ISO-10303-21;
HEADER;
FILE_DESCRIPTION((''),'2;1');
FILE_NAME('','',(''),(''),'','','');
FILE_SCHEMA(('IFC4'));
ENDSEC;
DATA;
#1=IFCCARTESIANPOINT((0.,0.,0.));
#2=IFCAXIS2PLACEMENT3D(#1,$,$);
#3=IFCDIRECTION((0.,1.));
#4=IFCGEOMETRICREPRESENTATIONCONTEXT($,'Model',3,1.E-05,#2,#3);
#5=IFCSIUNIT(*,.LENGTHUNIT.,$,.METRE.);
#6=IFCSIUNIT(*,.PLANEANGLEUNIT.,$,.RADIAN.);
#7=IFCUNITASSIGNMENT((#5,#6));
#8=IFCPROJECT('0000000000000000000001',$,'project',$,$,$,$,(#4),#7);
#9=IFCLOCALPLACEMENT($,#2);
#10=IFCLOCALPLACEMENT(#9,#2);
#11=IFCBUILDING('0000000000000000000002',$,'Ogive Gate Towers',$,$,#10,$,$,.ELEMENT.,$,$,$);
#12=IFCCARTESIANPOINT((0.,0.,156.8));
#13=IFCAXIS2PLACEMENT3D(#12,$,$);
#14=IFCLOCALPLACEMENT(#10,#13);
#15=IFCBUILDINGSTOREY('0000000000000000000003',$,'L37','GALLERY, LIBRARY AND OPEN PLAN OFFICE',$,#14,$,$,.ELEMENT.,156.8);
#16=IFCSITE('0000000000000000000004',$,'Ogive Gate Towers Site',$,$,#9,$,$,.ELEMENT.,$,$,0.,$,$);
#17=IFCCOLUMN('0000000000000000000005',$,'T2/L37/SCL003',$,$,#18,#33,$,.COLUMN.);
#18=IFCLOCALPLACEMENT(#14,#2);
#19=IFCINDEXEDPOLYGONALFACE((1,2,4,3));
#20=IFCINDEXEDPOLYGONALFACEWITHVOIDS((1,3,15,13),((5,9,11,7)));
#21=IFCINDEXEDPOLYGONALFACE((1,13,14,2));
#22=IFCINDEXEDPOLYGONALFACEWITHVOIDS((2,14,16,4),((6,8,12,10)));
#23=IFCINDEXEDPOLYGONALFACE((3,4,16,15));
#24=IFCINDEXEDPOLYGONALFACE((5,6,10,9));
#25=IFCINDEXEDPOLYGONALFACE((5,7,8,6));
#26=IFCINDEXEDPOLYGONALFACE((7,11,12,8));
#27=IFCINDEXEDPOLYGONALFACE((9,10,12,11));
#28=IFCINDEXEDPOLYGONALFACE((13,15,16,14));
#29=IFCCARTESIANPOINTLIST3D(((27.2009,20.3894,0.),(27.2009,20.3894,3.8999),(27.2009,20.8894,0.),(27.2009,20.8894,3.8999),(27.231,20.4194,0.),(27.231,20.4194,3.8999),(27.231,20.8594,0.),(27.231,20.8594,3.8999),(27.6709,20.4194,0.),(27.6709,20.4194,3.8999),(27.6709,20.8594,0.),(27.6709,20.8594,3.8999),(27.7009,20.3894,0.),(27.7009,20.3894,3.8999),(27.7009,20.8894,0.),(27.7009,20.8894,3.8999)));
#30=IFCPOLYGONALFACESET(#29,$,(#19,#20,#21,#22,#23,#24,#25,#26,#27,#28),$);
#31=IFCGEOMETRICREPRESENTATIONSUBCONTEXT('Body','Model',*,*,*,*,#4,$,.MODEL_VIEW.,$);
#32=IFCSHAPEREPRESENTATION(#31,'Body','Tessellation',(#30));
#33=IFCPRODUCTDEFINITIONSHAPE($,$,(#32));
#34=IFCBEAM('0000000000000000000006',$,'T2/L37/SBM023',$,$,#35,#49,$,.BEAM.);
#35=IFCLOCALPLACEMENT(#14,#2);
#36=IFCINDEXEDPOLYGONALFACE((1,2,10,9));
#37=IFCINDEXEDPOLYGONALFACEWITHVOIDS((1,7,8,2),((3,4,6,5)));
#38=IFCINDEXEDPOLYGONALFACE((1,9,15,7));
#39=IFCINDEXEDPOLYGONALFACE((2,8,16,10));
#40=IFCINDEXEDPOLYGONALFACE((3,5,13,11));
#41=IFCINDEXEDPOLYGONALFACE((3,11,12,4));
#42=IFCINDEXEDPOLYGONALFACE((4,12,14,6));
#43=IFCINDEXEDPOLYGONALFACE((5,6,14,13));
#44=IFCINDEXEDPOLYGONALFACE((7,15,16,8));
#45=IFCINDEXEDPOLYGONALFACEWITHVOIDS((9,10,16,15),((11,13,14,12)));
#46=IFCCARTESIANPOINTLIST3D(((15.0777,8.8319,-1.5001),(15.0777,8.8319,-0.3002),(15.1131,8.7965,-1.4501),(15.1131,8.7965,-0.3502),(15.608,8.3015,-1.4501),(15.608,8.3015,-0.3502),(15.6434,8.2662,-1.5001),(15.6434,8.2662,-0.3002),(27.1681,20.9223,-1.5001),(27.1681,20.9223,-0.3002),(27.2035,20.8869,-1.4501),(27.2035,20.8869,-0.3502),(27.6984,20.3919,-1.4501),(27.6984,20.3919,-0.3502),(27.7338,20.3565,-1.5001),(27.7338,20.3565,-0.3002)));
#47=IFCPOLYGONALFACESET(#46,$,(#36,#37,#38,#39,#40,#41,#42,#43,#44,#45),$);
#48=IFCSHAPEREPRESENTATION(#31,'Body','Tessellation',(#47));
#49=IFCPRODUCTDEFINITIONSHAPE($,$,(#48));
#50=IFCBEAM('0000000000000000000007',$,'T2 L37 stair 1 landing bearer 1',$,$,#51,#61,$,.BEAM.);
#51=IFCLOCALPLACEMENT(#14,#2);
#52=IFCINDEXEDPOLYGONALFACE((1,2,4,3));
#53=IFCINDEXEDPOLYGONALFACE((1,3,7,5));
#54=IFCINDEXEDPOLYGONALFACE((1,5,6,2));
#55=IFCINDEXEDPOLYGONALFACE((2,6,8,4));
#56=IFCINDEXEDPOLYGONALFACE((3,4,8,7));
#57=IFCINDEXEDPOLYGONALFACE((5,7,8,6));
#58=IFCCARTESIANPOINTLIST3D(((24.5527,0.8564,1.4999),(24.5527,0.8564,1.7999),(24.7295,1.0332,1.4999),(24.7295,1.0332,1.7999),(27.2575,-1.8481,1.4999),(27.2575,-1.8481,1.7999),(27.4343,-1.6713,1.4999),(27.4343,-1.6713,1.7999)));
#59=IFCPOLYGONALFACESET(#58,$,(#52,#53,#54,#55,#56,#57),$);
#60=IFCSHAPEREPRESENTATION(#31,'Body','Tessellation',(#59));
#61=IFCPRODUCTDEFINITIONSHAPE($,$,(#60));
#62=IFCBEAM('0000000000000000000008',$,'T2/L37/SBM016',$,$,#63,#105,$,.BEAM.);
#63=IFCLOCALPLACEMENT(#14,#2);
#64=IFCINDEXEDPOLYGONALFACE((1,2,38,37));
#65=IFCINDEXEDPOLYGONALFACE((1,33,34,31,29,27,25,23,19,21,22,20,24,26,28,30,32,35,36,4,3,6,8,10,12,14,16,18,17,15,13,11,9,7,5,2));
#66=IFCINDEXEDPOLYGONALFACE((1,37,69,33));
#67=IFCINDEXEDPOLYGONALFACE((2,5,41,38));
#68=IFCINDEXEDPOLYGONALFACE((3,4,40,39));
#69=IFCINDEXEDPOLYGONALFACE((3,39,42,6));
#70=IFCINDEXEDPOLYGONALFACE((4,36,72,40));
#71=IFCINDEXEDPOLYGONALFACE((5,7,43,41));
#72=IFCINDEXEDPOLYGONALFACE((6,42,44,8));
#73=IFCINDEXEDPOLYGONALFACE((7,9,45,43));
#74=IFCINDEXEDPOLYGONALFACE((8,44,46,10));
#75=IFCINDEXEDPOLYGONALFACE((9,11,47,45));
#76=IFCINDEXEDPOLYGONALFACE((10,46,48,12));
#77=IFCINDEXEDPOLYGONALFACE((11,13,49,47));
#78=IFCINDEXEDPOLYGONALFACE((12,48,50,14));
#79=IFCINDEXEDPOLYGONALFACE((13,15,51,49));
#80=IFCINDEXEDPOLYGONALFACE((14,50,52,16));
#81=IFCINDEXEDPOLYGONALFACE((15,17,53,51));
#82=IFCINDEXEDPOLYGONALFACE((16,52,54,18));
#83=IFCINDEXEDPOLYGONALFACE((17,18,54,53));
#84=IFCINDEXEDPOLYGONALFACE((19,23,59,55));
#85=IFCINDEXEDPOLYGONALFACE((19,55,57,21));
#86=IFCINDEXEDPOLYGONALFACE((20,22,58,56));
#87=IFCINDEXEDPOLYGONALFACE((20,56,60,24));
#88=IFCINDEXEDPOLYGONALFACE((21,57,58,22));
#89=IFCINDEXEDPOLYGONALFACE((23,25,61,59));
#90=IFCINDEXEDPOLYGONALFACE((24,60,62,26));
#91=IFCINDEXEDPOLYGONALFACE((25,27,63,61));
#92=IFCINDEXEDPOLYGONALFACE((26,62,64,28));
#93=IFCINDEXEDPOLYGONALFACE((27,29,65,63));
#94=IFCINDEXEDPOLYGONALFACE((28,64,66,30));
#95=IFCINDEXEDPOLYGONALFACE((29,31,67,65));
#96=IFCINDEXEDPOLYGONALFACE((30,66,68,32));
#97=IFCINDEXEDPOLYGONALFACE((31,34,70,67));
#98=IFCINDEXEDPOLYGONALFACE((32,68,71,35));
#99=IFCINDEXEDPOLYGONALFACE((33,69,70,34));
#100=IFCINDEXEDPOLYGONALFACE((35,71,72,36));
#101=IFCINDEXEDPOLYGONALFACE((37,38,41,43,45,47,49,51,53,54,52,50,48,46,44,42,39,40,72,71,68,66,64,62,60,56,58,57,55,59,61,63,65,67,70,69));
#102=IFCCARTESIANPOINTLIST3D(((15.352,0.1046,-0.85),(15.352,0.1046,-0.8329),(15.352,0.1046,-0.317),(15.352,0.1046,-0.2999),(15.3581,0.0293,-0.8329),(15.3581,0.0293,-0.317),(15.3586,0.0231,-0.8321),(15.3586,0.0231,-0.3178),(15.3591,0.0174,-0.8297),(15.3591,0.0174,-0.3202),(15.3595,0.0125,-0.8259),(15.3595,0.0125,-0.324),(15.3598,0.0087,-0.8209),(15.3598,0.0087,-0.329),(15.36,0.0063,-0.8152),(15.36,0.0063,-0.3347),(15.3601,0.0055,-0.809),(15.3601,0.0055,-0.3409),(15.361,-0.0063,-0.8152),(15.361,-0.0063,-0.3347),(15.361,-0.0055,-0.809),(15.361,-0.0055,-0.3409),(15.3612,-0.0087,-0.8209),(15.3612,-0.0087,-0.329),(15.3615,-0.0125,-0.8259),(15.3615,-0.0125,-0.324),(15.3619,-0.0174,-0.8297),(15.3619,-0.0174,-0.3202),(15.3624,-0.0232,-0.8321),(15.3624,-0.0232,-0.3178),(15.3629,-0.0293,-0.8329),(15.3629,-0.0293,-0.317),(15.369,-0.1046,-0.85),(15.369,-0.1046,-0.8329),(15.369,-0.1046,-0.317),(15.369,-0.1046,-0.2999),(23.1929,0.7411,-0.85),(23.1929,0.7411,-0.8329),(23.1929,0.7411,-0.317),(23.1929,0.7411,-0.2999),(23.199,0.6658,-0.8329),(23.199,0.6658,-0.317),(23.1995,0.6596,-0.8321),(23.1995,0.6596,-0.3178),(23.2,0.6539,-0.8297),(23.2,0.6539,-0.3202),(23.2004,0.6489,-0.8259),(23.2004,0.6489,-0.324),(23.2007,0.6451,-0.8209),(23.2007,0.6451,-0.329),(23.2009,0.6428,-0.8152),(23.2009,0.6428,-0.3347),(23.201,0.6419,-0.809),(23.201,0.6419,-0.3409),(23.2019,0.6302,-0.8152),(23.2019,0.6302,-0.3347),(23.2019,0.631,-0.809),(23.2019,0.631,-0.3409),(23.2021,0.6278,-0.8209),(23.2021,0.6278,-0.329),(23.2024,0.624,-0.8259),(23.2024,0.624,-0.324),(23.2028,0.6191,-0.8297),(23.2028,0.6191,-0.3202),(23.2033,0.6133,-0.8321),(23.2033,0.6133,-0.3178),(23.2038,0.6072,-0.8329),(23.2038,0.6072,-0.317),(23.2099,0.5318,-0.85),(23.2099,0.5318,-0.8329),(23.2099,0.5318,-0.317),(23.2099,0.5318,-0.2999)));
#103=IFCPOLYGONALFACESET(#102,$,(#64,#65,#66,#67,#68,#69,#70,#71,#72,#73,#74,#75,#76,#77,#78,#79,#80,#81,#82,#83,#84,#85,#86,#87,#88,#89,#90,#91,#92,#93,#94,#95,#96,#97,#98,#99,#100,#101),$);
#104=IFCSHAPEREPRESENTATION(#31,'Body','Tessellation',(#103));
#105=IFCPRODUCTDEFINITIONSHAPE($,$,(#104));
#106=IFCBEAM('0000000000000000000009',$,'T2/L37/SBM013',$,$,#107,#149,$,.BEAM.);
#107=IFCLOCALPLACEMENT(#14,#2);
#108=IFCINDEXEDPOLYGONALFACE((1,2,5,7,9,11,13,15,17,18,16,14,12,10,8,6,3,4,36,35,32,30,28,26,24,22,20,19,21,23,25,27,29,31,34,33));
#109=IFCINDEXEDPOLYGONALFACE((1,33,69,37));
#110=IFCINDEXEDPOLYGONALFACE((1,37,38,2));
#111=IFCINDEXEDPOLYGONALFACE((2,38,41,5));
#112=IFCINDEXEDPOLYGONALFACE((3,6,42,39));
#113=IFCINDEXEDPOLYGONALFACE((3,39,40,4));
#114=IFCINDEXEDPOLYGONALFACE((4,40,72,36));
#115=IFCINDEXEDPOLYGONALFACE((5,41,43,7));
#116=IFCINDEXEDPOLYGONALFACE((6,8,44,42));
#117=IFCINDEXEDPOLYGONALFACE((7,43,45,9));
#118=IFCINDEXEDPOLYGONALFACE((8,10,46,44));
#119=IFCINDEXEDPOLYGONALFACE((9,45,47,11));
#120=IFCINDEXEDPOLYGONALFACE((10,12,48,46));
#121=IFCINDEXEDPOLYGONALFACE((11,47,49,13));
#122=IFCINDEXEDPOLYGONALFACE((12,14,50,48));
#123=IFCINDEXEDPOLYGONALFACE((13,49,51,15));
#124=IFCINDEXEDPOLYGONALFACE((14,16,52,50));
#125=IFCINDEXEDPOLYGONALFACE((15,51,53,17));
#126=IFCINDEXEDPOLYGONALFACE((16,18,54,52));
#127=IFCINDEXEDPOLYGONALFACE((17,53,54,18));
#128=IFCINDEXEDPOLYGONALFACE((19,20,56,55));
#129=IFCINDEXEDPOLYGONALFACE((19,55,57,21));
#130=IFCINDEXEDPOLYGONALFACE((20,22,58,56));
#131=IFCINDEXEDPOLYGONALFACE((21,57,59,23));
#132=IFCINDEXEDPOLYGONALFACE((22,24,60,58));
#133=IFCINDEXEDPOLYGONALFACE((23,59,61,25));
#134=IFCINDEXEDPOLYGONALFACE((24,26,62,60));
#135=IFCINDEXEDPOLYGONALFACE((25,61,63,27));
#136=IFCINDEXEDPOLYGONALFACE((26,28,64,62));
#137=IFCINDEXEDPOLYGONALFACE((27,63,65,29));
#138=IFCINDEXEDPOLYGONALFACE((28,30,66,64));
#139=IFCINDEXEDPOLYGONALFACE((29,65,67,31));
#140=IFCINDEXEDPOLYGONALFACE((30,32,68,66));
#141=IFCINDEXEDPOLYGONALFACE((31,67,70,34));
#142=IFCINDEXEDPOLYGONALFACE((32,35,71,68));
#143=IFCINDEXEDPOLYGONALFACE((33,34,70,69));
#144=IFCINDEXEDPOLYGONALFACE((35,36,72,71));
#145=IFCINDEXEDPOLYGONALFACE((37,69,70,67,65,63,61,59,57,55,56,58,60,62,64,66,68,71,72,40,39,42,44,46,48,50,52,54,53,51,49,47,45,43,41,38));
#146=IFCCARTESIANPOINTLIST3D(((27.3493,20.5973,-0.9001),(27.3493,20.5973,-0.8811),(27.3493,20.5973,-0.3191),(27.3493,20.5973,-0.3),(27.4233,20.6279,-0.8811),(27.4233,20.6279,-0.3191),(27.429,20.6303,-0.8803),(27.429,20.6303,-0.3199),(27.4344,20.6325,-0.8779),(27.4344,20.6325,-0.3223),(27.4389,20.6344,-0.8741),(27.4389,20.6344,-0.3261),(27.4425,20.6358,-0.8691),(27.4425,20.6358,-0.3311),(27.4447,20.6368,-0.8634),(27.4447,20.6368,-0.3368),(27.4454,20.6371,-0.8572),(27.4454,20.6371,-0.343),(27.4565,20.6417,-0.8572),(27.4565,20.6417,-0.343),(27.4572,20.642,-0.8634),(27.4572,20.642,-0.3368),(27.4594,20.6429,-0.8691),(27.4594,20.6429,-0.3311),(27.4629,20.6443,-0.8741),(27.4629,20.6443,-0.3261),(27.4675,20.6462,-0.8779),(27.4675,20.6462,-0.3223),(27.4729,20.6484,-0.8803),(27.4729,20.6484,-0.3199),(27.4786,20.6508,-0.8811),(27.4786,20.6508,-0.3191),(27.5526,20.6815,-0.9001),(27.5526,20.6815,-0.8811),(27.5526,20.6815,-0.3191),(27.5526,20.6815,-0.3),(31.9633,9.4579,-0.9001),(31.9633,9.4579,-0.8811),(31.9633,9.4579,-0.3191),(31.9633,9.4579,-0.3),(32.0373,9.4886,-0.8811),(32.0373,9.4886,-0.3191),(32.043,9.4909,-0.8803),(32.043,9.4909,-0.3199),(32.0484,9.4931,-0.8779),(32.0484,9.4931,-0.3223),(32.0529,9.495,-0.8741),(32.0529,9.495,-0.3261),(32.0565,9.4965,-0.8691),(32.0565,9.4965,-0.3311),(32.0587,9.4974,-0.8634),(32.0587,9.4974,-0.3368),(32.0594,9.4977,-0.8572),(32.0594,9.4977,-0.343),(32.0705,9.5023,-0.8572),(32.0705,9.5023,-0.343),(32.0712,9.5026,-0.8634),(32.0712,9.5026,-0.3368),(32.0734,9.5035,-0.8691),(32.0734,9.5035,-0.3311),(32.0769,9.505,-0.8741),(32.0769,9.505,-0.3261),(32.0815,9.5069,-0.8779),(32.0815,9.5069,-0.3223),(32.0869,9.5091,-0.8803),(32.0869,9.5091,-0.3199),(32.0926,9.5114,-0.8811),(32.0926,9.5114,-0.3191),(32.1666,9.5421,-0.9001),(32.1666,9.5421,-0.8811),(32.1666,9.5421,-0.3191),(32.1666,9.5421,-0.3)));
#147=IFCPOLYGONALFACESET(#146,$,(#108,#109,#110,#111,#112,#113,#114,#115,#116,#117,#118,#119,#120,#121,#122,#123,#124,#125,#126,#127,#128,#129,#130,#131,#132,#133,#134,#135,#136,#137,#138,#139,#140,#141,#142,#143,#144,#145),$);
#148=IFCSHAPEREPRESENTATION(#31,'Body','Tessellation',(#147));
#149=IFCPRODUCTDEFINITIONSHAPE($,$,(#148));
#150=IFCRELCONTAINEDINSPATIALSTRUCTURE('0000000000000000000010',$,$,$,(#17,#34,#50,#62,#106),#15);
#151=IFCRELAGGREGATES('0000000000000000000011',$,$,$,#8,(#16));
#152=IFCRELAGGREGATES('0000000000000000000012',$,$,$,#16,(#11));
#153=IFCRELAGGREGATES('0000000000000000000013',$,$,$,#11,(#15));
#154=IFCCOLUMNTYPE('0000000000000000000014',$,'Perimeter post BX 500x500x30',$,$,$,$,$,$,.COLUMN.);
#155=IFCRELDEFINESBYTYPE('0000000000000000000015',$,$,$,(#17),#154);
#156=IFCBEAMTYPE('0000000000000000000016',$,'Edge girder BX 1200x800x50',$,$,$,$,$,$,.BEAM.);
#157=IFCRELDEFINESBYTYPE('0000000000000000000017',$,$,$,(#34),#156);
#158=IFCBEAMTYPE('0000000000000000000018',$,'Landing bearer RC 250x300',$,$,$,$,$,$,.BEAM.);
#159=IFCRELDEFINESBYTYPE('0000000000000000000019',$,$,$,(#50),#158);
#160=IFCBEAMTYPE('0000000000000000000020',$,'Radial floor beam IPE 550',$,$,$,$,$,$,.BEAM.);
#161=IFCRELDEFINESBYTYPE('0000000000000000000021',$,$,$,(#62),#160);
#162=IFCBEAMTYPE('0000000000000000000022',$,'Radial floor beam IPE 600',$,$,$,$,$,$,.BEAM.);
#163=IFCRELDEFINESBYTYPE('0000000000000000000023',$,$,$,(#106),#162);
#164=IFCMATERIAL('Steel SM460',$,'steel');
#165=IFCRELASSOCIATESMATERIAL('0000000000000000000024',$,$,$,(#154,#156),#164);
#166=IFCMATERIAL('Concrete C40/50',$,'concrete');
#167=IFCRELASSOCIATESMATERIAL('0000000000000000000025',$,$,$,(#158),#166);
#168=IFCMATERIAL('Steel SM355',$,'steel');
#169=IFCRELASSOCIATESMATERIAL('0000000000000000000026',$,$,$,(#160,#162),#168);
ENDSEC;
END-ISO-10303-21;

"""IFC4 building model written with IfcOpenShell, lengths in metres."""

from ifc_helpers import new_model, si_unit, direction, frame, origin, origin_2d, place, context, subcontext, project, spatial, rectangle, hollow_rectangle, i_section, extrude, material, material_profile, profile_set, type_object, element, save


model = new_model("IFC4")

# Units and contexts
model_context = context("Model", 3, precision=1e-05, world=origin(), true_north=direction((0.0, 1.0)))
body_context = subcontext(model_context, "Body", "Model", "MODEL_VIEW")
ifc_project = project(units=[si_unit("LENGTHUNIT", "METRE"), si_unit("PLANEANGLEUNIT", "RADIAN")], contexts=[model_context])

# Site, building, storey
site_placement = place(None, origin())
site = spatial("IfcSite", under=ifc_project, at=site_placement, Name="Ogive Gate Towers Site", CompositionType="ELEMENT", RefElevation=0.0)
building_placement = place(site_placement, origin())
building = spatial("IfcBuilding", under=site, at=building_placement, Name="Ogive Gate Towers", CompositionType="ELEMENT")
storey_placement = place(building_placement, frame((0.0, 0.0, 156.8)))
storey = spatial("IfcBuildingStorey", under=building, at=storey_placement, Name="L37", Description="GALLERY, LIBRARY AND OPEN PLAN OFFICE", CompositionType="ELEMENT", Elevation=156.8)

# Column
ifc_material_1 = material(Name="Steel SM460", Category="steel")
ifc_material_profile_1 = material_profile(ifc_material_1, hollow_rectangle(XDim=0.5, YDim=0.5, WallThickness=0.03, at=origin_2d()), Name="BX 500x500x30")
ifc_profile_set_1 = profile_set([ifc_material_profile_1], Name="Steel SM460")
column_type = type_object("IfcColumnType", Name="Perimeter post BX 500x500x30", PredefinedType="COLUMN", material=ifc_profile_set_1)
column_placement = place(storey_placement, frame((27.4509, 20.6394, 0.0), z_axis=(0.0, 0.0, 1.0), x_axis=(1.0, 0.0, 0.0)))
element("IfcColumn", 1, at=column_placement, inside=storey, type_object=column_type, Name="T2/L37/SCL003", PredefinedType="COLUMN", context=body_context, shape_type="SweptSolid", body=[
    extrude(hollow_rectangle(XDim=0.5, YDim=0.5, WallThickness=0.03, at=origin_2d()), origin(), (0.0, 0.0, 1.0), 3.8999),
])

# Beams
ifc_material_profile_2 = material_profile(ifc_material_1, hollow_rectangle(XDim=0.8, YDim=1.2, WallThickness=0.05, at=origin_2d()), Name="BX 1200x800x50")
ifc_profile_set_2 = profile_set([ifc_material_profile_2], Name="Steel SM460")
beam_type_1 = type_object("IfcBeamType", Name="Edge girder BX 1200x800x50", PredefinedType="BEAM", material=ifc_profile_set_2)
beam_1_placement = place(storey_placement, frame((27.4509, 20.6394, -0.9001), z_axis=(-0.707107, -0.707107, 0.0), x_axis=(0.707107, -0.707107, 0.0)))
element("IfcBeam", 2, at=beam_1_placement, inside=storey, type_object=beam_type_1, Name="T2/L37/SBM023", PredefinedType="BEAM", context=body_context, shape_type="SweptSolid", body=[
    extrude(hollow_rectangle(XDim=0.8, YDim=1.2, WallThickness=0.05, at=origin_2d()), origin(), (0.0, 0.0, 1.0), 17.0984),
])
ifc_material_2 = material(Name="Concrete C40/50", Category="concrete")
ifc_material_profile_3 = material_profile(ifc_material_2, rectangle(XDim=0.25, YDim=0.3, at=origin_2d()), Name="RC 250x300")
ifc_profile_set_3 = profile_set([ifc_material_profile_3], Name="Concrete C40/50")
beam_type_2 = type_object("IfcBeamType", Name="Landing bearer RC 250x300", PredefinedType="BEAM", material=ifc_profile_set_3)
beam_2_placement = place(storey_placement, frame((24.6411, 0.9448, 1.6499), z_axis=(0.707139, -0.707075, 0.0), x_axis=(0.707075, 0.707139, 0.0)))
element("IfcBeam", 3, at=beam_2_placement, inside=storey, type_object=beam_type_2, Name="T2 L37 stair 1 landing bearer 1", PredefinedType="BEAM", context=body_context, shape_type="SweptSolid", body=[
    extrude(rectangle(XDim=0.25, YDim=0.3, at=origin_2d()), origin(), (0.0, 0.0, 1.0), 3.825),
])
ifc_material_3 = material(Name="Steel SM355", Category="steel")
ifc_material_profile_4 = material_profile(ifc_material_3, i_section(OverallWidth=0.21, OverallDepth=0.55, WebThickness=0.011, FlangeThickness=0.0171, FilletRadius=0.0239, at=origin_2d()), Name="IPE 550")
ifc_profile_set_4 = profile_set([ifc_material_profile_4], Name="Steel SM355")
beam_type_3 = type_object("IfcBeamType", Name="Radial floor beam IPE 550", PredefinedType="BEAM", material=ifc_profile_set_4)
beam_3_placement = place(storey_placement, frame((23.2014, 0.6365, -0.575), z_axis=(-0.996722, -0.080908, 0.0), x_axis=(0.080908, -0.996722, 0.0)))
element("IfcBeam", 4, at=beam_3_placement, inside=storey, type_object=beam_type_3, Name="T2/L37/SBM016", PredefinedType="BEAM", context=body_context, shape_type="SweptSolid", body=[
    extrude(i_section(OverallWidth=0.21, OverallDepth=0.55, WebThickness=0.011, FlangeThickness=0.0171, FilletRadius=0.0239, at=origin_2d()), origin(), (0.0, 0.0, 1.0), 7.8667),
])
ifc_material_profile_5 = material_profile(ifc_material_3, i_section(OverallWidth=0.22, OverallDepth=0.6001, WebThickness=0.012, FlangeThickness=0.019, FilletRadius=0.0239, at=origin_2d()), Name="IPE 600")
ifc_profile_set_5 = profile_set([ifc_material_profile_5], Name="Steel SM355")
beam_type_4 = type_object("IfcBeamType", Name="Radial floor beam IPE 600", PredefinedType="BEAM", material=ifc_profile_set_5)
beam_4_placement = place(storey_placement, frame((32.0649, 9.5, -0.6001), z_axis=(-0.382678, 0.923882, 0.0), x_axis=(-0.923882, -0.382678, 0.0)))
element("IfcBeam", 5, at=beam_4_placement, inside=storey, type_object=beam_type_4, Name="T2/L37/SBM013", PredefinedType="BEAM", context=body_context, shape_type="SweptSolid", body=[
    extrude(i_section(OverallWidth=0.22, OverallDepth=0.6001, WebThickness=0.012, FlangeThickness=0.019, FilletRadius=0.0239, at=origin_2d()), origin(), (0.0, 0.0, 1.0), 12.0571),
])

save(model, "model.ifc")
